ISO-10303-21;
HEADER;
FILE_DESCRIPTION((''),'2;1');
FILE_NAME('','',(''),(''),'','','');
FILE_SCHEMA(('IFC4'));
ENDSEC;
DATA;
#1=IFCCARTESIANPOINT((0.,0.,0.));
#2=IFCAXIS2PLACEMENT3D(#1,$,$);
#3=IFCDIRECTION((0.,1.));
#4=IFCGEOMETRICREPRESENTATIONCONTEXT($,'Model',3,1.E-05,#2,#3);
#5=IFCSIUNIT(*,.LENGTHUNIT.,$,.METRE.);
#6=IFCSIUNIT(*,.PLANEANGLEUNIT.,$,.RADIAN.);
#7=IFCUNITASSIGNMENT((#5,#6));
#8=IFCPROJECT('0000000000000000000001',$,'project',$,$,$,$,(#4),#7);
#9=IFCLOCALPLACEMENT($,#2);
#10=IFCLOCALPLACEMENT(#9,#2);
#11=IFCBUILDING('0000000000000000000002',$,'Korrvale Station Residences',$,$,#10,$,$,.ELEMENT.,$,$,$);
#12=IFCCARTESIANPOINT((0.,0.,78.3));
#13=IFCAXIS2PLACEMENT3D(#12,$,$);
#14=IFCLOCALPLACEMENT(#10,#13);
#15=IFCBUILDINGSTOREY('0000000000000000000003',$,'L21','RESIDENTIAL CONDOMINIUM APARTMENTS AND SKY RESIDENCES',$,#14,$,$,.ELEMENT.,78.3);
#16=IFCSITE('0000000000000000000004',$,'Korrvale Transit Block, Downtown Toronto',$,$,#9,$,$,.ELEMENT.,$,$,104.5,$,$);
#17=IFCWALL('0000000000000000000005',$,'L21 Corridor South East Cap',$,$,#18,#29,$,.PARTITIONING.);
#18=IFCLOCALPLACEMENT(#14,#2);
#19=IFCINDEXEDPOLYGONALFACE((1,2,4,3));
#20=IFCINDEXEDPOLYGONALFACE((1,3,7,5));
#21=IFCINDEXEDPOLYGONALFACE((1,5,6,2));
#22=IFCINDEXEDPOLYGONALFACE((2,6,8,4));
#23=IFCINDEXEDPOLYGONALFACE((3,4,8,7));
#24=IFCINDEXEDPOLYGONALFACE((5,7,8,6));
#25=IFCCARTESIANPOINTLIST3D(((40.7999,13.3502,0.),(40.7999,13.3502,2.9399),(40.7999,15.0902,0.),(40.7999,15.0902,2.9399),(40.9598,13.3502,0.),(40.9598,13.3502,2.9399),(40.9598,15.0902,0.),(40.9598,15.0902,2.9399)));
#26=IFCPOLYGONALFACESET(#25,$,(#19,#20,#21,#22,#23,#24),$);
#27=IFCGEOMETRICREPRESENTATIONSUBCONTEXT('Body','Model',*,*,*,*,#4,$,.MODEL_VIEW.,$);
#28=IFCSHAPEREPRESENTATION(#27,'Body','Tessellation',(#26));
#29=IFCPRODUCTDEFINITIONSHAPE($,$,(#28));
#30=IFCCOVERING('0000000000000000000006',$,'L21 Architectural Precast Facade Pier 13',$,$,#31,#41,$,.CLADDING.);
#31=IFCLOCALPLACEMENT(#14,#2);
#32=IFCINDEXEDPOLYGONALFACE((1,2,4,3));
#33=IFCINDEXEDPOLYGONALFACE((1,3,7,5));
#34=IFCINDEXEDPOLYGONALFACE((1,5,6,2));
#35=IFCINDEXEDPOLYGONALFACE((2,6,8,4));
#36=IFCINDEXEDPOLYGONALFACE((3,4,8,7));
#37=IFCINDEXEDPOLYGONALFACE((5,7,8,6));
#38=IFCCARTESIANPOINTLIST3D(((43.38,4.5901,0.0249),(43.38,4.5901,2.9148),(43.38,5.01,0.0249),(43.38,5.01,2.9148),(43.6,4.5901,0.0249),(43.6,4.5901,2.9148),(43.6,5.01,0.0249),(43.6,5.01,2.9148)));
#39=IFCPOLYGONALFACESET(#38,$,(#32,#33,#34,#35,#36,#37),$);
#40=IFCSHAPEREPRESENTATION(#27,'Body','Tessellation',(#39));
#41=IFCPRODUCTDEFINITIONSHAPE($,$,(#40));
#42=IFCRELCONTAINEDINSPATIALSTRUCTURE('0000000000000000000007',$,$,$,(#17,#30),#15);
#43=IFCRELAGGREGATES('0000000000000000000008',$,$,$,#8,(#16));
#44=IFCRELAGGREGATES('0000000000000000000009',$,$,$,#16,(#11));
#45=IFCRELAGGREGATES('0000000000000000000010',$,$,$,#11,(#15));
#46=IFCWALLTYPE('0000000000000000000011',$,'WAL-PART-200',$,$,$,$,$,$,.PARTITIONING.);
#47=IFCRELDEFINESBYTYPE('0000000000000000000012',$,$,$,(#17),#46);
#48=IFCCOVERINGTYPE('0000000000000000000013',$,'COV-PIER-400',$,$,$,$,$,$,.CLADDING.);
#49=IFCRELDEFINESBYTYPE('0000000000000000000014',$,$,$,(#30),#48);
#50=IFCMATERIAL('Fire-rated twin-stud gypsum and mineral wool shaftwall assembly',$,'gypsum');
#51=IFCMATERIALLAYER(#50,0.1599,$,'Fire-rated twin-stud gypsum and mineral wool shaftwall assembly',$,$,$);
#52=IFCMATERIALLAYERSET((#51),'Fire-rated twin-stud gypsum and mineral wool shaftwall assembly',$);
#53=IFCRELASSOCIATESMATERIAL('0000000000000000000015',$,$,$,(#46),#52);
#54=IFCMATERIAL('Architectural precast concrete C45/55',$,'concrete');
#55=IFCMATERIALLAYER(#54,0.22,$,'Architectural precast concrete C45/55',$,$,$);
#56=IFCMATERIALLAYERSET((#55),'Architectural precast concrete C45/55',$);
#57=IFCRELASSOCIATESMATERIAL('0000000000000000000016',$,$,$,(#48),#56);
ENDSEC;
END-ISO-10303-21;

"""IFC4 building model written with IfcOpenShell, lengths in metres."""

from ifc_helpers import new_model, si_unit, direction, frame, frame_2d, origin, origin_2d, place, context, subcontext, project, spatial, rectangle, extrude, material, layer, layer_set, type_object, element, save


model = new_model("IFC4")

# Units and contexts
model_context = context("Model", 3, precision=1e-05, world=origin(), true_north=direction((0.0, 1.0)))
body_context = subcontext(model_context, "Body", "Model", "MODEL_VIEW")
ifc_project = project(units=[si_unit("LENGTHUNIT", "METRE"), si_unit("PLANEANGLEUNIT", "RADIAN")], contexts=[model_context])

# Site, building, storey
site_placement = place(None, origin())
site = spatial("IfcSite", under=ifc_project, at=site_placement, Name="Korrvale Transit Block, Downtown Toronto", CompositionType="ELEMENT", RefElevation=104.5)
building_placement = place(site_placement, origin())
building = spatial("IfcBuilding", under=site, at=building_placement, Name="Korrvale Station Residences", CompositionType="ELEMENT")
storey_placement = place(building_placement, frame((0.0, 0.0, 78.3)))
storey = spatial("IfcBuildingStorey", under=building, at=storey_placement, Name="L21", Description="RESIDENTIAL CONDOMINIUM APARTMENTS AND SKY RESIDENCES", CompositionType="ELEMENT", Elevation=78.3)

# Wall
ifc_material_1 = material(Name="Fire-rated twin-stud gypsum and mineral wool shaftwall assembly", Category="gypsum")
ifc_layer_1 = layer(ifc_material_1, 0.1599, Name="Fire-rated twin-stud gypsum and mineral wool shaftwall assembly")
ifc_layer_set_1 = layer_set([ifc_layer_1], Name="Fire-rated twin-stud gypsum and mineral wool shaftwall assembly")
wall_type_1 = type_object("IfcWallType", Name="WAL-PART-200", PredefinedType="PARTITIONING", material=ifc_layer_set_1)
wall_1_placement = place(storey_placement, frame((40.8799, 13.3501, 0.0), z_axis=(0.0, 0.0, 1.0), x_axis=(0.0, 1.0, 0.0)))
element("IfcWall", 1, at=wall_1_placement, inside=storey, type_object=wall_type_1, Name="L21 Corridor South East Cap", PredefinedType="PARTITIONING", context=body_context, shape_type="SweptSolid", body=[
    extrude(rectangle(XDim=1.74, YDim=0.1599, at=frame_2d((0.8701, 0.0))), origin(), (0.0, 0.0, 1.0), 2.9399),
])

# Covering
ifc_material_2 = material(Name="Architectural precast concrete C45/55", Category="concrete")
ifc_layer_2 = layer(ifc_material_2, 0.22, Name="Architectural precast concrete C45/55")
ifc_layer_set_2 = layer_set([ifc_layer_2], Name="Architectural precast concrete C45/55")
covering_type = type_object("IfcCoveringType", Name="COV-PIER-400", PredefinedType="CLADDING", material=ifc_layer_set_2)
covering_placement = place(storey_placement, frame((43.49, 4.8, 0.0249), z_axis=(0.0, 0.0, 1.0), x_axis=(0.0, 1.0, 0.0)))
element("IfcCovering", 2, at=covering_placement, inside=storey, type_object=covering_type, Name="L21 Architectural Precast Facade Pier 13", PredefinedType="CLADDING", context=body_context, shape_type="SweptSolid", body=[
    extrude(rectangle(XDim=0.4199, YDim=0.22, at=origin_2d()), origin(), (0.0, 0.0, 1.0), 2.8899),
])

save(model, "model.ifc")
